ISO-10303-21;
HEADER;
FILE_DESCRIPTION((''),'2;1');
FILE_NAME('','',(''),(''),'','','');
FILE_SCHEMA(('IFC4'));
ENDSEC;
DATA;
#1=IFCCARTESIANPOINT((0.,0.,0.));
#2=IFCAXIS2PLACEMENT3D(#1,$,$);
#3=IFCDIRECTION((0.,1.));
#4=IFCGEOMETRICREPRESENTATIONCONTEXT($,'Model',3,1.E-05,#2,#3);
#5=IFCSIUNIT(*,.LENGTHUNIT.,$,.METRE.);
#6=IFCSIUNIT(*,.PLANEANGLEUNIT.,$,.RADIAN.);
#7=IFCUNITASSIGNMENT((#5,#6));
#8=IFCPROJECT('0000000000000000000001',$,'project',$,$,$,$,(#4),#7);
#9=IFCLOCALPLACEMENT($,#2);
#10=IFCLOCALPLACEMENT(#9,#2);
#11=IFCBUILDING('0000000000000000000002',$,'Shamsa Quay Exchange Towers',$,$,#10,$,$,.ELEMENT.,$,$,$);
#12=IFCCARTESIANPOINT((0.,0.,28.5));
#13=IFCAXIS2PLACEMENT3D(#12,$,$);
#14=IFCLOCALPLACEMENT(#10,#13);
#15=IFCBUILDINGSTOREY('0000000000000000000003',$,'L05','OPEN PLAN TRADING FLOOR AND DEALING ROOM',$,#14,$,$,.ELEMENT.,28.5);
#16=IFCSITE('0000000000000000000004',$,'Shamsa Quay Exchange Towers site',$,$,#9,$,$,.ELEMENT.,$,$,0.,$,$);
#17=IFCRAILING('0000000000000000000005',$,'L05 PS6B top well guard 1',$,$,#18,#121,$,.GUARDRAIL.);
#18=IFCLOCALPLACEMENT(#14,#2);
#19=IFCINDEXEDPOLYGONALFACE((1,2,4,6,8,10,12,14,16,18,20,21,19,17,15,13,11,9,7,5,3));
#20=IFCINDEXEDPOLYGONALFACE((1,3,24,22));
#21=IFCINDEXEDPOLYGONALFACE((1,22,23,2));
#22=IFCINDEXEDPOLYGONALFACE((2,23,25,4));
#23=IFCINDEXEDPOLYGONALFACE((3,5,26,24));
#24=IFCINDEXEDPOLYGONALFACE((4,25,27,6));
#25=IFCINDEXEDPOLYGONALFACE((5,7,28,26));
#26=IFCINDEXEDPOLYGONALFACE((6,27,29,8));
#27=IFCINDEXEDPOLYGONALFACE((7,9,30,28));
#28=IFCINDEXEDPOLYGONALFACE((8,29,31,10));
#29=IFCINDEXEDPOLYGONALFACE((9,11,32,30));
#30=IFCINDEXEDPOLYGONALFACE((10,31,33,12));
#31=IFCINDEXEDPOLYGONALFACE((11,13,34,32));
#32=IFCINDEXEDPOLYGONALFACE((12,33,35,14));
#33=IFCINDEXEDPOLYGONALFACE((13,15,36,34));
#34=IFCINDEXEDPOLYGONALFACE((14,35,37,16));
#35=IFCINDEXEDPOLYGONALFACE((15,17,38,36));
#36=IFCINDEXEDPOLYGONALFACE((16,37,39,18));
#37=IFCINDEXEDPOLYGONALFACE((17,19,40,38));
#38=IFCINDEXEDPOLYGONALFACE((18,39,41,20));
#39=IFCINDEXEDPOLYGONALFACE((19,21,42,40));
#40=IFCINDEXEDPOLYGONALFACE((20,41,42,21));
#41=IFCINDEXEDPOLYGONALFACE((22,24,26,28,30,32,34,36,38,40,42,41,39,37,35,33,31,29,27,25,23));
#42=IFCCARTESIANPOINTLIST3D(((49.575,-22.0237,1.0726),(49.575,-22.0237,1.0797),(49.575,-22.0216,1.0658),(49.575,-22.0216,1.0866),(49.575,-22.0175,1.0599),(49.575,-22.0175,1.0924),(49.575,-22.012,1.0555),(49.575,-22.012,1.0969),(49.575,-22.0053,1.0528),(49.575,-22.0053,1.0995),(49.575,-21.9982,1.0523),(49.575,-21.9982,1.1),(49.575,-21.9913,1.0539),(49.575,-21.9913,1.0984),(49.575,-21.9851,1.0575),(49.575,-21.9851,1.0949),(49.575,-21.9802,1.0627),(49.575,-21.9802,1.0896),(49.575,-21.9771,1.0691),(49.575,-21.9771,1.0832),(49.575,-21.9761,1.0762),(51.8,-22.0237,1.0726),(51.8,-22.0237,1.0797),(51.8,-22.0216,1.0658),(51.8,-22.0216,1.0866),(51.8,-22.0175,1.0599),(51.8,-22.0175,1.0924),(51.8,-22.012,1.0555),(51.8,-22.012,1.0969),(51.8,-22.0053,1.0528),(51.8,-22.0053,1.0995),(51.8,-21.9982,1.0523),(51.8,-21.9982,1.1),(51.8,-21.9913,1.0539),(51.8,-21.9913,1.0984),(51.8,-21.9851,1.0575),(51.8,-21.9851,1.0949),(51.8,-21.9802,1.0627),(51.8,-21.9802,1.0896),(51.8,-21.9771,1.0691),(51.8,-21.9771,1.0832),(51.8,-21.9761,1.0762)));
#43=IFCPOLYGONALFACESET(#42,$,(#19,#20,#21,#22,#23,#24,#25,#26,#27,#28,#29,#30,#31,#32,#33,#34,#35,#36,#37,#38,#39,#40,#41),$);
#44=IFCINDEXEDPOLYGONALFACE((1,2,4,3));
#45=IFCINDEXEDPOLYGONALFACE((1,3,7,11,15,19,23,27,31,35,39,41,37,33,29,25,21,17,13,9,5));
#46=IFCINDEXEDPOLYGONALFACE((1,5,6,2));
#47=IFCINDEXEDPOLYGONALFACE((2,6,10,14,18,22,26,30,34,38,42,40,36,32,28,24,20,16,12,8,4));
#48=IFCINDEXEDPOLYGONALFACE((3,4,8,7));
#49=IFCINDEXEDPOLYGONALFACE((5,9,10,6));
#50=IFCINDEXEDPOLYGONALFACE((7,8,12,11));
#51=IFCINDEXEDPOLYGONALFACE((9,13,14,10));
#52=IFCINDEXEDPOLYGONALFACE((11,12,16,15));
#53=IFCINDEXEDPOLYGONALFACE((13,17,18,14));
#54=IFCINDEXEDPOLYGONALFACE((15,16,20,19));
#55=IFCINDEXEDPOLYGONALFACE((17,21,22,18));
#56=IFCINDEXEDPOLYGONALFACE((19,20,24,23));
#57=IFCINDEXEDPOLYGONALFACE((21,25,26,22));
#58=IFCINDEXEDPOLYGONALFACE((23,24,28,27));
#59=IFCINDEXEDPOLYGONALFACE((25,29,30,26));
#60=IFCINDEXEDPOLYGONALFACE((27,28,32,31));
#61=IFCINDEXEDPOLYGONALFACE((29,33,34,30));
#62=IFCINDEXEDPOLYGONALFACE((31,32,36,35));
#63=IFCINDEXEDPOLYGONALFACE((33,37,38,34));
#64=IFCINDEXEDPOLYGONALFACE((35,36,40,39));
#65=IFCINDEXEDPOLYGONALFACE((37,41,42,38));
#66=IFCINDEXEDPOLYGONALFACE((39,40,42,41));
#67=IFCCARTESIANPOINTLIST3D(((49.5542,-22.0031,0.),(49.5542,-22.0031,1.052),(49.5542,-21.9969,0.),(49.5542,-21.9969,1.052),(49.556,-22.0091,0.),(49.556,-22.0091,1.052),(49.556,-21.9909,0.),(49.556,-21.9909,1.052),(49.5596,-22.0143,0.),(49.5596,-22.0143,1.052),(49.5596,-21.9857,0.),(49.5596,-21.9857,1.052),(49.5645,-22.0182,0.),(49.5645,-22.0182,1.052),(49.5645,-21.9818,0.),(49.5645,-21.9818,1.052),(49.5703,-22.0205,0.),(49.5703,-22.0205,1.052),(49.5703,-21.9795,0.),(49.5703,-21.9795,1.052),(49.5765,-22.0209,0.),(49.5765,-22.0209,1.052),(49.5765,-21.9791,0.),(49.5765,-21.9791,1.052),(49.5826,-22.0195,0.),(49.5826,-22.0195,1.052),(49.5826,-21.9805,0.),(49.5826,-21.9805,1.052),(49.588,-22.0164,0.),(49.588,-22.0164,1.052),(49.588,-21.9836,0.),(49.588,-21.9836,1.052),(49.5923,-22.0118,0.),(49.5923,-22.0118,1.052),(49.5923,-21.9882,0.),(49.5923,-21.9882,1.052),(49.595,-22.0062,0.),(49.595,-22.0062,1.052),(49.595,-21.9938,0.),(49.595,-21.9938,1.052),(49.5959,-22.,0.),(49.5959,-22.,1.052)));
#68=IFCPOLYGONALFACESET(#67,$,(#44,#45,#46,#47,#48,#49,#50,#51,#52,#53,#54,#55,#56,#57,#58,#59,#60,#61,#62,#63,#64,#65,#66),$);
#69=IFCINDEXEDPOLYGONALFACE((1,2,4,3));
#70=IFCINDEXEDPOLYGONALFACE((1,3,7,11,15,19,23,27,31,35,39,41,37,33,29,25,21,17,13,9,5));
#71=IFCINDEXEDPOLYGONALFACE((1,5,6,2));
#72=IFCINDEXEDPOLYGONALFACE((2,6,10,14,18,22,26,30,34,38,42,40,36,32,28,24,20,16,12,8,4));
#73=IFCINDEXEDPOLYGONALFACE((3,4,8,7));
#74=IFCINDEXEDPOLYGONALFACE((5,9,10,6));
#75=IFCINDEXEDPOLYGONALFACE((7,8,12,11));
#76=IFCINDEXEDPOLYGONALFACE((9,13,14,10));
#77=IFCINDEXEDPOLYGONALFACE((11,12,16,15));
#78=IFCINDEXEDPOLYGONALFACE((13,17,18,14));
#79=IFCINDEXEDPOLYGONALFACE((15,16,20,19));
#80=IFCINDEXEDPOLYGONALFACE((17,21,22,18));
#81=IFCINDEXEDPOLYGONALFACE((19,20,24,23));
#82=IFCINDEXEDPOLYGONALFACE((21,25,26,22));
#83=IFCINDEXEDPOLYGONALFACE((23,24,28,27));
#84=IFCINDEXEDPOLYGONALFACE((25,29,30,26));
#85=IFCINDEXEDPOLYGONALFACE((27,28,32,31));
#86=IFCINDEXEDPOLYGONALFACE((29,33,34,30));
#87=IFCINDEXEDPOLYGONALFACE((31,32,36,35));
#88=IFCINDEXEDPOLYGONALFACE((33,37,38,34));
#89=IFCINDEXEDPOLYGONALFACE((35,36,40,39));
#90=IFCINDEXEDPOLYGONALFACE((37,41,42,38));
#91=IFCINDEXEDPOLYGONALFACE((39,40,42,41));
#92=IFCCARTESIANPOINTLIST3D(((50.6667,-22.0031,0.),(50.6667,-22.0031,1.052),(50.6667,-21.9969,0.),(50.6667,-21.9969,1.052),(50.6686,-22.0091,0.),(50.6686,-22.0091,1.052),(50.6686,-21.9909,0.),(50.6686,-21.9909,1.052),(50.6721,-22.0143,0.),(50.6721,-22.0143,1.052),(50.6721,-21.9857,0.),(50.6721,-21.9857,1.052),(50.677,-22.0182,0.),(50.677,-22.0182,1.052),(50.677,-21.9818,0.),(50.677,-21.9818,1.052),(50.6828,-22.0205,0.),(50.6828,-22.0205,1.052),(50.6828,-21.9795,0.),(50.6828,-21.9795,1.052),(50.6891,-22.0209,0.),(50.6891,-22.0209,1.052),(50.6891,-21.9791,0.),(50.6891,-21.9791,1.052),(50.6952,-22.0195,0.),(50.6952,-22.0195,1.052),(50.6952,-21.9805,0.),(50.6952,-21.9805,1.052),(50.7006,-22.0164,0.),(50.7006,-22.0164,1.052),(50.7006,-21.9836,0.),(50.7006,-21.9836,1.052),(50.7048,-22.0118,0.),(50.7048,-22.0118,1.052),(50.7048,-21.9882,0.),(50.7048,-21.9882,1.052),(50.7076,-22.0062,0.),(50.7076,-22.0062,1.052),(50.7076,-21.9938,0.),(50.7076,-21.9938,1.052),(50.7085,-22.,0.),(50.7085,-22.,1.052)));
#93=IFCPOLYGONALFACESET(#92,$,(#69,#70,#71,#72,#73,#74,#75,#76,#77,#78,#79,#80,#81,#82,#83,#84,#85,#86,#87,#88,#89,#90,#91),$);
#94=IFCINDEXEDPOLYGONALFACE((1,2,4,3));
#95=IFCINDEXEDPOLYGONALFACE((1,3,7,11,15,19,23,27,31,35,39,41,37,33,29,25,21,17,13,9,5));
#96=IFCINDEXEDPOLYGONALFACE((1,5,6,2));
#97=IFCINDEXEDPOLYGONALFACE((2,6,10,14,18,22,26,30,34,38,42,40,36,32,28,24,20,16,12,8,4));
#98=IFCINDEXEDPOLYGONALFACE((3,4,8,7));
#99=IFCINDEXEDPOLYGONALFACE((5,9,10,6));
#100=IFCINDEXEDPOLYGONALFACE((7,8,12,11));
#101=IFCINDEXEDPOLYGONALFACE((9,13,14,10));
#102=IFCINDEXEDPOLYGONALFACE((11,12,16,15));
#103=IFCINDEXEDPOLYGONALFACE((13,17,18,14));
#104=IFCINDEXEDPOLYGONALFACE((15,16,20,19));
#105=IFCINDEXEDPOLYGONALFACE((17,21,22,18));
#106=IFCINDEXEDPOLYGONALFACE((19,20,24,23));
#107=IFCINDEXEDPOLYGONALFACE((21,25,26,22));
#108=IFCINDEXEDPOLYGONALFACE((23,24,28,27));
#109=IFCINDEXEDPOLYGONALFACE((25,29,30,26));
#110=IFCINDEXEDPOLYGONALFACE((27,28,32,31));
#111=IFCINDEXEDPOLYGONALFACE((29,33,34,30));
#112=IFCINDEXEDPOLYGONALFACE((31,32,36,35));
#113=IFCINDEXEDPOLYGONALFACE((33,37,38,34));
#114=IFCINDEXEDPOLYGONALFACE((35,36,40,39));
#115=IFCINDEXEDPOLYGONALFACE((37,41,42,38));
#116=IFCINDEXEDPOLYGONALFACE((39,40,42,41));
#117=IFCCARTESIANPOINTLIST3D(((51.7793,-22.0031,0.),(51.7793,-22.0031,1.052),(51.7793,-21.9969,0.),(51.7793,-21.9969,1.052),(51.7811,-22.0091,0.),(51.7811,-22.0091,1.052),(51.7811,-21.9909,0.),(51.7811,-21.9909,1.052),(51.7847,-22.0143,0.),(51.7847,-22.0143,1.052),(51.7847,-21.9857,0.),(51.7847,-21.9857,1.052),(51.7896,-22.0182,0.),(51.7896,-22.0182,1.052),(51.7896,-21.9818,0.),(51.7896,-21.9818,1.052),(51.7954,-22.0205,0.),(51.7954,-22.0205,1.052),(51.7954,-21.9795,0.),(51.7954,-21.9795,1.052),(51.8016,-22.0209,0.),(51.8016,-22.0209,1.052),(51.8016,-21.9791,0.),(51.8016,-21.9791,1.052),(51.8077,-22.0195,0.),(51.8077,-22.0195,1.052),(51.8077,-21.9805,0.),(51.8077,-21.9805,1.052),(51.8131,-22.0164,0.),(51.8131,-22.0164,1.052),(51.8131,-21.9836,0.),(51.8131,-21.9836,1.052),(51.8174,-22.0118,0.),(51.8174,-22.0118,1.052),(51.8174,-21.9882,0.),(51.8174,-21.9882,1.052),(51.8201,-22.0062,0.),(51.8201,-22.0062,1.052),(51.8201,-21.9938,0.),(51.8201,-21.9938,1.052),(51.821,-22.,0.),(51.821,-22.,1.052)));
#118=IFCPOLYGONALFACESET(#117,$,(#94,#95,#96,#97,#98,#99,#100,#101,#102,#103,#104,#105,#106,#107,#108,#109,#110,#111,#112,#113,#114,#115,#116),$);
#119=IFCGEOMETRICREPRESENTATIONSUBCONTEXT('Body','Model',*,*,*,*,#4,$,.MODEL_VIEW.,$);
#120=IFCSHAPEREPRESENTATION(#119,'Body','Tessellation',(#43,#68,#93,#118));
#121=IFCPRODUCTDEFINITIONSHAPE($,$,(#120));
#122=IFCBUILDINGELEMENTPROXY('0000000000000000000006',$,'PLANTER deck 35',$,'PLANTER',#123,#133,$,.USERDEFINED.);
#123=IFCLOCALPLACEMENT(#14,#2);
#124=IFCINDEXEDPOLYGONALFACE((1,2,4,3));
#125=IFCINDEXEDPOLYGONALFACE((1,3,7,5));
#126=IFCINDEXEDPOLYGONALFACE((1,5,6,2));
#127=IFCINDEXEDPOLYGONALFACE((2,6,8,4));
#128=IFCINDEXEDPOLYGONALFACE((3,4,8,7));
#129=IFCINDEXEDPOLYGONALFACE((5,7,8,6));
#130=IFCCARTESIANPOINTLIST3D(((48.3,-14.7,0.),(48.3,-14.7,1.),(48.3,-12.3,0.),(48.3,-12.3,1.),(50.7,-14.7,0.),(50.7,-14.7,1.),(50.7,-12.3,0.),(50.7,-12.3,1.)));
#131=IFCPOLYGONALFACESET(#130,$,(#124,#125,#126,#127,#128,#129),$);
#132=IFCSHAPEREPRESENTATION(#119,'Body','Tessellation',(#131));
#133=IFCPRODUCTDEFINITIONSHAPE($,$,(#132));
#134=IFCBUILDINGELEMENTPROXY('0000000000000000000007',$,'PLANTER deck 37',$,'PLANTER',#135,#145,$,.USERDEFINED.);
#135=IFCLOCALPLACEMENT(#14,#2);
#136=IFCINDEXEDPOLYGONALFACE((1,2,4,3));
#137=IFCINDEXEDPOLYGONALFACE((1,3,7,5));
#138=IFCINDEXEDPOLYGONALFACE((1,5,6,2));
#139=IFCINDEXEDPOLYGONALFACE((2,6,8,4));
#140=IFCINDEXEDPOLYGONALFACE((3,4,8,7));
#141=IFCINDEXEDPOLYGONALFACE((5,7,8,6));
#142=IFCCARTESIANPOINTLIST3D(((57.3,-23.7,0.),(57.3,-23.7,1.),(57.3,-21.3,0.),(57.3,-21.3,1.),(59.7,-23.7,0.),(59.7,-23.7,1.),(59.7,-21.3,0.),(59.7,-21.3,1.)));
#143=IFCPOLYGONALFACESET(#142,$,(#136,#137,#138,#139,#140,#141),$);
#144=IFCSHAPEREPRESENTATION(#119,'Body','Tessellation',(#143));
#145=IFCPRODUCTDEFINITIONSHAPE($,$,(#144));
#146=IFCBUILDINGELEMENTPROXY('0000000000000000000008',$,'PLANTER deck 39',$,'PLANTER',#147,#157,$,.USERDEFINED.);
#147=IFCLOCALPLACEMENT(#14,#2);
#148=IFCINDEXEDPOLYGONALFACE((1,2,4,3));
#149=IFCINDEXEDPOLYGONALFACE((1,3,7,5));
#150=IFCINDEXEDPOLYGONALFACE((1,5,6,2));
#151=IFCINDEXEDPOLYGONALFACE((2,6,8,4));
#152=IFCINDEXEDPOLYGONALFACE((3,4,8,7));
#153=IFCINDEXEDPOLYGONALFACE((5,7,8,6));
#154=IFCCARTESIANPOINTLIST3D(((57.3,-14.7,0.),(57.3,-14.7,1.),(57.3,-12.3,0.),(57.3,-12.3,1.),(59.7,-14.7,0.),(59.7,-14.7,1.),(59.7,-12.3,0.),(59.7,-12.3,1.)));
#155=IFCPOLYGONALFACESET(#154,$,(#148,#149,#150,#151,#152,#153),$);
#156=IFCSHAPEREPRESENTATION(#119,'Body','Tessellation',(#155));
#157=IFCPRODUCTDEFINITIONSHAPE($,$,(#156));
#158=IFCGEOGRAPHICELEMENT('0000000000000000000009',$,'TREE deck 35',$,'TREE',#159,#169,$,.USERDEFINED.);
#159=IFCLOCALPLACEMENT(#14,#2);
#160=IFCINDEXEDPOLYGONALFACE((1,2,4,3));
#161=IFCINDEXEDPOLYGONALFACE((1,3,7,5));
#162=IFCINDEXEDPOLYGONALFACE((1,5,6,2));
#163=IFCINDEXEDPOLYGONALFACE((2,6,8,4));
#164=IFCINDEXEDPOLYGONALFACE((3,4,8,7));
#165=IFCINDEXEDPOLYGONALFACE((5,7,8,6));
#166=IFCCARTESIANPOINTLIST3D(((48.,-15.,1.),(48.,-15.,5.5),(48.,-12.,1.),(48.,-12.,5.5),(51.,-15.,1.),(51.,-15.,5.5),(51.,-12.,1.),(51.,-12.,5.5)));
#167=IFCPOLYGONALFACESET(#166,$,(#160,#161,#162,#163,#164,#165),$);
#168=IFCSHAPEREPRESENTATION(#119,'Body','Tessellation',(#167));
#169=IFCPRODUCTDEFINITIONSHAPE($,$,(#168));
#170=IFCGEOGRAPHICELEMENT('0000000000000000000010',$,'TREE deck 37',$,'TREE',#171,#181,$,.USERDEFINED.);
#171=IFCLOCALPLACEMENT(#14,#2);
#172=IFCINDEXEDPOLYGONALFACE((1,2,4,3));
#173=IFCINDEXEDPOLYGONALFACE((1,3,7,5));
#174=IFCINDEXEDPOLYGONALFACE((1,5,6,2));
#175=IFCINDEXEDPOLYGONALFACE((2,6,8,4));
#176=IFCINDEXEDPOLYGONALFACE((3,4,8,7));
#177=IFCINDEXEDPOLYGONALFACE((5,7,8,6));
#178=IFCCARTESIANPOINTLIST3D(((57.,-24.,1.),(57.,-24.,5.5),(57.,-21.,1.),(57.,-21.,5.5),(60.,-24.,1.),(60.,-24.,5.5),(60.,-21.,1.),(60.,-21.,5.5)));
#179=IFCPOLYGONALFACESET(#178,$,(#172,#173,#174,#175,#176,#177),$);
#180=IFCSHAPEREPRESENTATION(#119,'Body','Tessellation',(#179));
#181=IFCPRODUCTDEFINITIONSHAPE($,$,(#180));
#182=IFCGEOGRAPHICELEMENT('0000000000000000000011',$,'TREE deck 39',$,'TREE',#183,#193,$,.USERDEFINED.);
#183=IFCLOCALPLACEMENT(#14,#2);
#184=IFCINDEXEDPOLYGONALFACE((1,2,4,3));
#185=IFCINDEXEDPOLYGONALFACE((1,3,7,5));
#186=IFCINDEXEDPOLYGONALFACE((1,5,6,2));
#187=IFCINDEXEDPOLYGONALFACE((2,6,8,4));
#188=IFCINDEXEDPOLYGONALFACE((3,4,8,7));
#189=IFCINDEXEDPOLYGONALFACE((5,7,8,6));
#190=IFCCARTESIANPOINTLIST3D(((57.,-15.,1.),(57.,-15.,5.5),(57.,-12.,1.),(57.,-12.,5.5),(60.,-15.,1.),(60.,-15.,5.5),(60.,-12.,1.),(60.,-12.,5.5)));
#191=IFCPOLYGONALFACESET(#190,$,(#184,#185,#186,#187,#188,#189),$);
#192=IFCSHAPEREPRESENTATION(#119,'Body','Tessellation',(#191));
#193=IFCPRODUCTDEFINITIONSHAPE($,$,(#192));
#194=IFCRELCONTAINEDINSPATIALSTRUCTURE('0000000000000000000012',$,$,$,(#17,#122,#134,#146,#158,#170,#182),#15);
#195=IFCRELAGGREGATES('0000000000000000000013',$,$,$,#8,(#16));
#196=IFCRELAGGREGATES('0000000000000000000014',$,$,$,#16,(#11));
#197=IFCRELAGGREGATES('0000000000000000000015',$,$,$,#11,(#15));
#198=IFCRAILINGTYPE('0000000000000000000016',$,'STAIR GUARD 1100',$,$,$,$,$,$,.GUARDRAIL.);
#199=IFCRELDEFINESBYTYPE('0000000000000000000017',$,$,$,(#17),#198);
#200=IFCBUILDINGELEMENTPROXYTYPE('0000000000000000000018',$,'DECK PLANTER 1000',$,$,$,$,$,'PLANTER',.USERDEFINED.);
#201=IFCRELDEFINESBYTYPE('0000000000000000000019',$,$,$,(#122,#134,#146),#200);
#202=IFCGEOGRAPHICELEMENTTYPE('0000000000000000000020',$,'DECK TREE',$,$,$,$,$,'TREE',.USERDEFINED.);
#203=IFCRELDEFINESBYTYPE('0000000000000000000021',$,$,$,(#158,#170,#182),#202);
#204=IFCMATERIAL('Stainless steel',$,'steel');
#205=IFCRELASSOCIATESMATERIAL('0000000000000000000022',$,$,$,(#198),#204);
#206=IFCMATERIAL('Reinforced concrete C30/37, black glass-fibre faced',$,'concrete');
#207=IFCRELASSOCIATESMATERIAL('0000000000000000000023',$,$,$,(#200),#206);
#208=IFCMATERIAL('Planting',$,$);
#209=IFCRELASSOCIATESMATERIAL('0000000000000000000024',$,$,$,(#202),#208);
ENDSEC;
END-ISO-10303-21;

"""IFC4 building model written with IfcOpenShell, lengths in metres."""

from ifc_helpers import new_model, si_unit, direction, frame, origin, origin_2d, place, context, subcontext, project, spatial, rectangle, circle, extrude, material, type_object, element, save


model = new_model("IFC4")

# Units and contexts
model_context = context("Model", 3, precision=1e-05, world=origin(), true_north=direction((0.0, 1.0)))
body_context = subcontext(model_context, "Body", "Model", "MODEL_VIEW")
ifc_project = project(units=[si_unit("LENGTHUNIT", "METRE"), si_unit("PLANEANGLEUNIT", "RADIAN")], contexts=[model_context])

# Site, building, storey
site_placement = place(None, origin())
site = spatial("IfcSite", under=ifc_project, at=site_placement, Name="Shamsa Quay Exchange Towers site", CompositionType="ELEMENT", RefElevation=0.0)
building_placement = place(site_placement, origin())
building = spatial("IfcBuilding", under=site, at=building_placement, Name="Shamsa Quay Exchange Towers", CompositionType="ELEMENT")
storey_placement = place(building_placement, frame((0.0, 0.0, 28.5)))
storey = spatial("IfcBuildingStorey", under=building, at=storey_placement, Name="L05", Description="OPEN PLAN TRADING FLOOR AND DEALING ROOM", CompositionType="ELEMENT", Elevation=28.5)

# Railing
ifc_material_1 = material(Name="Stainless steel", Category="steel")
railing_type = type_object("IfcRailingType", Name="STAIR GUARD 1100", PredefinedType="GUARDRAIL", material=ifc_material_1)
railing_placement = place(storey_placement, frame((49.575, -22.0, 0.0)))
element("IfcRailing", 1, at=railing_placement, inside=storey, type_object=railing_type, Name="L05 PS6B top well guard 1", PredefinedType="GUARDRAIL", context=body_context, shape_type="SweptSolid", body=[
    extrude(circle(Radius=0.0239, at=origin_2d()), frame((0.0, 0.0, 1.0762), z_axis=(1.0, 0.0, 0.0), x_axis=(0.0, 1.0, 0.0)), (0.0, 0.0, 1.0), 2.2251),
    extrude(circle(Radius=0.021, at=origin_2d()), origin(), (0.0, 0.0, 1.0), 1.052),
    extrude(circle(Radius=0.021, at=origin_2d()), frame((1.1125, 0.0, 0.0)), (0.0, 0.0, 1.0), 1.052),
    extrude(circle(Radius=0.021, at=origin_2d()), frame((2.2251, 0.0, 0.0)), (0.0, 0.0, 1.0), 1.052),
])

# Building element proxies
ifc_material_2 = material(Name="Reinforced concrete C30/37, black glass-fibre faced", Category="concrete")
building_element_proxy_type = type_object("IfcBuildingElementProxyType", Name="DECK PLANTER 1000", ElementType="PLANTER", PredefinedType="USERDEFINED", material=ifc_material_2)
for number, where, name in (
    (2, (49.5, -13.5, 0.0), "PLANTER deck 35"),
    (3, (58.5, -22.5, 0.0), "PLANTER deck 37"),
    (4, (58.5, -13.5, 0.0), "PLANTER deck 39"),
):
    element("IfcBuildingElementProxy", number, at=place(storey_placement, frame(where)), inside=storey, type_object=building_element_proxy_type, Name=name, ObjectType="PLANTER", PredefinedType="USERDEFINED", context=body_context, shape_type="SweptSolid", body=[
        extrude(rectangle(XDim=2.3999, YDim=2.3999, at=origin_2d()), origin(), (0.0, 0.0, 1.0), 1.0),
    ])

# Geographic elements
ifc_material_3 = material(Name="Planting")
geographic_element_type = type_object("IfcGeographicElementType", Name="DECK TREE", ElementType="TREE", PredefinedType="USERDEFINED", material=ifc_material_3)
for number, where, name in (
    (5, (49.5, -13.5, 1.0), "TREE deck 35"),
    (6, (58.5, -22.5, 1.0), "TREE deck 37"),
    (7, (58.5, -13.5, 1.0), "TREE deck 39"),
):
    element("IfcGeographicElement", number, at=place(storey_placement, frame(where)), inside=storey, type_object=geographic_element_type, Name=name, ObjectType="TREE", PredefinedType="USERDEFINED", context=body_context, shape_type="SweptSolid", body=[
        extrude(rectangle(XDim=3.0, YDim=3.0, at=origin_2d()), origin(), (0.0, 0.0, 1.0), 4.5),
    ])

save(model, "model.ifc")
